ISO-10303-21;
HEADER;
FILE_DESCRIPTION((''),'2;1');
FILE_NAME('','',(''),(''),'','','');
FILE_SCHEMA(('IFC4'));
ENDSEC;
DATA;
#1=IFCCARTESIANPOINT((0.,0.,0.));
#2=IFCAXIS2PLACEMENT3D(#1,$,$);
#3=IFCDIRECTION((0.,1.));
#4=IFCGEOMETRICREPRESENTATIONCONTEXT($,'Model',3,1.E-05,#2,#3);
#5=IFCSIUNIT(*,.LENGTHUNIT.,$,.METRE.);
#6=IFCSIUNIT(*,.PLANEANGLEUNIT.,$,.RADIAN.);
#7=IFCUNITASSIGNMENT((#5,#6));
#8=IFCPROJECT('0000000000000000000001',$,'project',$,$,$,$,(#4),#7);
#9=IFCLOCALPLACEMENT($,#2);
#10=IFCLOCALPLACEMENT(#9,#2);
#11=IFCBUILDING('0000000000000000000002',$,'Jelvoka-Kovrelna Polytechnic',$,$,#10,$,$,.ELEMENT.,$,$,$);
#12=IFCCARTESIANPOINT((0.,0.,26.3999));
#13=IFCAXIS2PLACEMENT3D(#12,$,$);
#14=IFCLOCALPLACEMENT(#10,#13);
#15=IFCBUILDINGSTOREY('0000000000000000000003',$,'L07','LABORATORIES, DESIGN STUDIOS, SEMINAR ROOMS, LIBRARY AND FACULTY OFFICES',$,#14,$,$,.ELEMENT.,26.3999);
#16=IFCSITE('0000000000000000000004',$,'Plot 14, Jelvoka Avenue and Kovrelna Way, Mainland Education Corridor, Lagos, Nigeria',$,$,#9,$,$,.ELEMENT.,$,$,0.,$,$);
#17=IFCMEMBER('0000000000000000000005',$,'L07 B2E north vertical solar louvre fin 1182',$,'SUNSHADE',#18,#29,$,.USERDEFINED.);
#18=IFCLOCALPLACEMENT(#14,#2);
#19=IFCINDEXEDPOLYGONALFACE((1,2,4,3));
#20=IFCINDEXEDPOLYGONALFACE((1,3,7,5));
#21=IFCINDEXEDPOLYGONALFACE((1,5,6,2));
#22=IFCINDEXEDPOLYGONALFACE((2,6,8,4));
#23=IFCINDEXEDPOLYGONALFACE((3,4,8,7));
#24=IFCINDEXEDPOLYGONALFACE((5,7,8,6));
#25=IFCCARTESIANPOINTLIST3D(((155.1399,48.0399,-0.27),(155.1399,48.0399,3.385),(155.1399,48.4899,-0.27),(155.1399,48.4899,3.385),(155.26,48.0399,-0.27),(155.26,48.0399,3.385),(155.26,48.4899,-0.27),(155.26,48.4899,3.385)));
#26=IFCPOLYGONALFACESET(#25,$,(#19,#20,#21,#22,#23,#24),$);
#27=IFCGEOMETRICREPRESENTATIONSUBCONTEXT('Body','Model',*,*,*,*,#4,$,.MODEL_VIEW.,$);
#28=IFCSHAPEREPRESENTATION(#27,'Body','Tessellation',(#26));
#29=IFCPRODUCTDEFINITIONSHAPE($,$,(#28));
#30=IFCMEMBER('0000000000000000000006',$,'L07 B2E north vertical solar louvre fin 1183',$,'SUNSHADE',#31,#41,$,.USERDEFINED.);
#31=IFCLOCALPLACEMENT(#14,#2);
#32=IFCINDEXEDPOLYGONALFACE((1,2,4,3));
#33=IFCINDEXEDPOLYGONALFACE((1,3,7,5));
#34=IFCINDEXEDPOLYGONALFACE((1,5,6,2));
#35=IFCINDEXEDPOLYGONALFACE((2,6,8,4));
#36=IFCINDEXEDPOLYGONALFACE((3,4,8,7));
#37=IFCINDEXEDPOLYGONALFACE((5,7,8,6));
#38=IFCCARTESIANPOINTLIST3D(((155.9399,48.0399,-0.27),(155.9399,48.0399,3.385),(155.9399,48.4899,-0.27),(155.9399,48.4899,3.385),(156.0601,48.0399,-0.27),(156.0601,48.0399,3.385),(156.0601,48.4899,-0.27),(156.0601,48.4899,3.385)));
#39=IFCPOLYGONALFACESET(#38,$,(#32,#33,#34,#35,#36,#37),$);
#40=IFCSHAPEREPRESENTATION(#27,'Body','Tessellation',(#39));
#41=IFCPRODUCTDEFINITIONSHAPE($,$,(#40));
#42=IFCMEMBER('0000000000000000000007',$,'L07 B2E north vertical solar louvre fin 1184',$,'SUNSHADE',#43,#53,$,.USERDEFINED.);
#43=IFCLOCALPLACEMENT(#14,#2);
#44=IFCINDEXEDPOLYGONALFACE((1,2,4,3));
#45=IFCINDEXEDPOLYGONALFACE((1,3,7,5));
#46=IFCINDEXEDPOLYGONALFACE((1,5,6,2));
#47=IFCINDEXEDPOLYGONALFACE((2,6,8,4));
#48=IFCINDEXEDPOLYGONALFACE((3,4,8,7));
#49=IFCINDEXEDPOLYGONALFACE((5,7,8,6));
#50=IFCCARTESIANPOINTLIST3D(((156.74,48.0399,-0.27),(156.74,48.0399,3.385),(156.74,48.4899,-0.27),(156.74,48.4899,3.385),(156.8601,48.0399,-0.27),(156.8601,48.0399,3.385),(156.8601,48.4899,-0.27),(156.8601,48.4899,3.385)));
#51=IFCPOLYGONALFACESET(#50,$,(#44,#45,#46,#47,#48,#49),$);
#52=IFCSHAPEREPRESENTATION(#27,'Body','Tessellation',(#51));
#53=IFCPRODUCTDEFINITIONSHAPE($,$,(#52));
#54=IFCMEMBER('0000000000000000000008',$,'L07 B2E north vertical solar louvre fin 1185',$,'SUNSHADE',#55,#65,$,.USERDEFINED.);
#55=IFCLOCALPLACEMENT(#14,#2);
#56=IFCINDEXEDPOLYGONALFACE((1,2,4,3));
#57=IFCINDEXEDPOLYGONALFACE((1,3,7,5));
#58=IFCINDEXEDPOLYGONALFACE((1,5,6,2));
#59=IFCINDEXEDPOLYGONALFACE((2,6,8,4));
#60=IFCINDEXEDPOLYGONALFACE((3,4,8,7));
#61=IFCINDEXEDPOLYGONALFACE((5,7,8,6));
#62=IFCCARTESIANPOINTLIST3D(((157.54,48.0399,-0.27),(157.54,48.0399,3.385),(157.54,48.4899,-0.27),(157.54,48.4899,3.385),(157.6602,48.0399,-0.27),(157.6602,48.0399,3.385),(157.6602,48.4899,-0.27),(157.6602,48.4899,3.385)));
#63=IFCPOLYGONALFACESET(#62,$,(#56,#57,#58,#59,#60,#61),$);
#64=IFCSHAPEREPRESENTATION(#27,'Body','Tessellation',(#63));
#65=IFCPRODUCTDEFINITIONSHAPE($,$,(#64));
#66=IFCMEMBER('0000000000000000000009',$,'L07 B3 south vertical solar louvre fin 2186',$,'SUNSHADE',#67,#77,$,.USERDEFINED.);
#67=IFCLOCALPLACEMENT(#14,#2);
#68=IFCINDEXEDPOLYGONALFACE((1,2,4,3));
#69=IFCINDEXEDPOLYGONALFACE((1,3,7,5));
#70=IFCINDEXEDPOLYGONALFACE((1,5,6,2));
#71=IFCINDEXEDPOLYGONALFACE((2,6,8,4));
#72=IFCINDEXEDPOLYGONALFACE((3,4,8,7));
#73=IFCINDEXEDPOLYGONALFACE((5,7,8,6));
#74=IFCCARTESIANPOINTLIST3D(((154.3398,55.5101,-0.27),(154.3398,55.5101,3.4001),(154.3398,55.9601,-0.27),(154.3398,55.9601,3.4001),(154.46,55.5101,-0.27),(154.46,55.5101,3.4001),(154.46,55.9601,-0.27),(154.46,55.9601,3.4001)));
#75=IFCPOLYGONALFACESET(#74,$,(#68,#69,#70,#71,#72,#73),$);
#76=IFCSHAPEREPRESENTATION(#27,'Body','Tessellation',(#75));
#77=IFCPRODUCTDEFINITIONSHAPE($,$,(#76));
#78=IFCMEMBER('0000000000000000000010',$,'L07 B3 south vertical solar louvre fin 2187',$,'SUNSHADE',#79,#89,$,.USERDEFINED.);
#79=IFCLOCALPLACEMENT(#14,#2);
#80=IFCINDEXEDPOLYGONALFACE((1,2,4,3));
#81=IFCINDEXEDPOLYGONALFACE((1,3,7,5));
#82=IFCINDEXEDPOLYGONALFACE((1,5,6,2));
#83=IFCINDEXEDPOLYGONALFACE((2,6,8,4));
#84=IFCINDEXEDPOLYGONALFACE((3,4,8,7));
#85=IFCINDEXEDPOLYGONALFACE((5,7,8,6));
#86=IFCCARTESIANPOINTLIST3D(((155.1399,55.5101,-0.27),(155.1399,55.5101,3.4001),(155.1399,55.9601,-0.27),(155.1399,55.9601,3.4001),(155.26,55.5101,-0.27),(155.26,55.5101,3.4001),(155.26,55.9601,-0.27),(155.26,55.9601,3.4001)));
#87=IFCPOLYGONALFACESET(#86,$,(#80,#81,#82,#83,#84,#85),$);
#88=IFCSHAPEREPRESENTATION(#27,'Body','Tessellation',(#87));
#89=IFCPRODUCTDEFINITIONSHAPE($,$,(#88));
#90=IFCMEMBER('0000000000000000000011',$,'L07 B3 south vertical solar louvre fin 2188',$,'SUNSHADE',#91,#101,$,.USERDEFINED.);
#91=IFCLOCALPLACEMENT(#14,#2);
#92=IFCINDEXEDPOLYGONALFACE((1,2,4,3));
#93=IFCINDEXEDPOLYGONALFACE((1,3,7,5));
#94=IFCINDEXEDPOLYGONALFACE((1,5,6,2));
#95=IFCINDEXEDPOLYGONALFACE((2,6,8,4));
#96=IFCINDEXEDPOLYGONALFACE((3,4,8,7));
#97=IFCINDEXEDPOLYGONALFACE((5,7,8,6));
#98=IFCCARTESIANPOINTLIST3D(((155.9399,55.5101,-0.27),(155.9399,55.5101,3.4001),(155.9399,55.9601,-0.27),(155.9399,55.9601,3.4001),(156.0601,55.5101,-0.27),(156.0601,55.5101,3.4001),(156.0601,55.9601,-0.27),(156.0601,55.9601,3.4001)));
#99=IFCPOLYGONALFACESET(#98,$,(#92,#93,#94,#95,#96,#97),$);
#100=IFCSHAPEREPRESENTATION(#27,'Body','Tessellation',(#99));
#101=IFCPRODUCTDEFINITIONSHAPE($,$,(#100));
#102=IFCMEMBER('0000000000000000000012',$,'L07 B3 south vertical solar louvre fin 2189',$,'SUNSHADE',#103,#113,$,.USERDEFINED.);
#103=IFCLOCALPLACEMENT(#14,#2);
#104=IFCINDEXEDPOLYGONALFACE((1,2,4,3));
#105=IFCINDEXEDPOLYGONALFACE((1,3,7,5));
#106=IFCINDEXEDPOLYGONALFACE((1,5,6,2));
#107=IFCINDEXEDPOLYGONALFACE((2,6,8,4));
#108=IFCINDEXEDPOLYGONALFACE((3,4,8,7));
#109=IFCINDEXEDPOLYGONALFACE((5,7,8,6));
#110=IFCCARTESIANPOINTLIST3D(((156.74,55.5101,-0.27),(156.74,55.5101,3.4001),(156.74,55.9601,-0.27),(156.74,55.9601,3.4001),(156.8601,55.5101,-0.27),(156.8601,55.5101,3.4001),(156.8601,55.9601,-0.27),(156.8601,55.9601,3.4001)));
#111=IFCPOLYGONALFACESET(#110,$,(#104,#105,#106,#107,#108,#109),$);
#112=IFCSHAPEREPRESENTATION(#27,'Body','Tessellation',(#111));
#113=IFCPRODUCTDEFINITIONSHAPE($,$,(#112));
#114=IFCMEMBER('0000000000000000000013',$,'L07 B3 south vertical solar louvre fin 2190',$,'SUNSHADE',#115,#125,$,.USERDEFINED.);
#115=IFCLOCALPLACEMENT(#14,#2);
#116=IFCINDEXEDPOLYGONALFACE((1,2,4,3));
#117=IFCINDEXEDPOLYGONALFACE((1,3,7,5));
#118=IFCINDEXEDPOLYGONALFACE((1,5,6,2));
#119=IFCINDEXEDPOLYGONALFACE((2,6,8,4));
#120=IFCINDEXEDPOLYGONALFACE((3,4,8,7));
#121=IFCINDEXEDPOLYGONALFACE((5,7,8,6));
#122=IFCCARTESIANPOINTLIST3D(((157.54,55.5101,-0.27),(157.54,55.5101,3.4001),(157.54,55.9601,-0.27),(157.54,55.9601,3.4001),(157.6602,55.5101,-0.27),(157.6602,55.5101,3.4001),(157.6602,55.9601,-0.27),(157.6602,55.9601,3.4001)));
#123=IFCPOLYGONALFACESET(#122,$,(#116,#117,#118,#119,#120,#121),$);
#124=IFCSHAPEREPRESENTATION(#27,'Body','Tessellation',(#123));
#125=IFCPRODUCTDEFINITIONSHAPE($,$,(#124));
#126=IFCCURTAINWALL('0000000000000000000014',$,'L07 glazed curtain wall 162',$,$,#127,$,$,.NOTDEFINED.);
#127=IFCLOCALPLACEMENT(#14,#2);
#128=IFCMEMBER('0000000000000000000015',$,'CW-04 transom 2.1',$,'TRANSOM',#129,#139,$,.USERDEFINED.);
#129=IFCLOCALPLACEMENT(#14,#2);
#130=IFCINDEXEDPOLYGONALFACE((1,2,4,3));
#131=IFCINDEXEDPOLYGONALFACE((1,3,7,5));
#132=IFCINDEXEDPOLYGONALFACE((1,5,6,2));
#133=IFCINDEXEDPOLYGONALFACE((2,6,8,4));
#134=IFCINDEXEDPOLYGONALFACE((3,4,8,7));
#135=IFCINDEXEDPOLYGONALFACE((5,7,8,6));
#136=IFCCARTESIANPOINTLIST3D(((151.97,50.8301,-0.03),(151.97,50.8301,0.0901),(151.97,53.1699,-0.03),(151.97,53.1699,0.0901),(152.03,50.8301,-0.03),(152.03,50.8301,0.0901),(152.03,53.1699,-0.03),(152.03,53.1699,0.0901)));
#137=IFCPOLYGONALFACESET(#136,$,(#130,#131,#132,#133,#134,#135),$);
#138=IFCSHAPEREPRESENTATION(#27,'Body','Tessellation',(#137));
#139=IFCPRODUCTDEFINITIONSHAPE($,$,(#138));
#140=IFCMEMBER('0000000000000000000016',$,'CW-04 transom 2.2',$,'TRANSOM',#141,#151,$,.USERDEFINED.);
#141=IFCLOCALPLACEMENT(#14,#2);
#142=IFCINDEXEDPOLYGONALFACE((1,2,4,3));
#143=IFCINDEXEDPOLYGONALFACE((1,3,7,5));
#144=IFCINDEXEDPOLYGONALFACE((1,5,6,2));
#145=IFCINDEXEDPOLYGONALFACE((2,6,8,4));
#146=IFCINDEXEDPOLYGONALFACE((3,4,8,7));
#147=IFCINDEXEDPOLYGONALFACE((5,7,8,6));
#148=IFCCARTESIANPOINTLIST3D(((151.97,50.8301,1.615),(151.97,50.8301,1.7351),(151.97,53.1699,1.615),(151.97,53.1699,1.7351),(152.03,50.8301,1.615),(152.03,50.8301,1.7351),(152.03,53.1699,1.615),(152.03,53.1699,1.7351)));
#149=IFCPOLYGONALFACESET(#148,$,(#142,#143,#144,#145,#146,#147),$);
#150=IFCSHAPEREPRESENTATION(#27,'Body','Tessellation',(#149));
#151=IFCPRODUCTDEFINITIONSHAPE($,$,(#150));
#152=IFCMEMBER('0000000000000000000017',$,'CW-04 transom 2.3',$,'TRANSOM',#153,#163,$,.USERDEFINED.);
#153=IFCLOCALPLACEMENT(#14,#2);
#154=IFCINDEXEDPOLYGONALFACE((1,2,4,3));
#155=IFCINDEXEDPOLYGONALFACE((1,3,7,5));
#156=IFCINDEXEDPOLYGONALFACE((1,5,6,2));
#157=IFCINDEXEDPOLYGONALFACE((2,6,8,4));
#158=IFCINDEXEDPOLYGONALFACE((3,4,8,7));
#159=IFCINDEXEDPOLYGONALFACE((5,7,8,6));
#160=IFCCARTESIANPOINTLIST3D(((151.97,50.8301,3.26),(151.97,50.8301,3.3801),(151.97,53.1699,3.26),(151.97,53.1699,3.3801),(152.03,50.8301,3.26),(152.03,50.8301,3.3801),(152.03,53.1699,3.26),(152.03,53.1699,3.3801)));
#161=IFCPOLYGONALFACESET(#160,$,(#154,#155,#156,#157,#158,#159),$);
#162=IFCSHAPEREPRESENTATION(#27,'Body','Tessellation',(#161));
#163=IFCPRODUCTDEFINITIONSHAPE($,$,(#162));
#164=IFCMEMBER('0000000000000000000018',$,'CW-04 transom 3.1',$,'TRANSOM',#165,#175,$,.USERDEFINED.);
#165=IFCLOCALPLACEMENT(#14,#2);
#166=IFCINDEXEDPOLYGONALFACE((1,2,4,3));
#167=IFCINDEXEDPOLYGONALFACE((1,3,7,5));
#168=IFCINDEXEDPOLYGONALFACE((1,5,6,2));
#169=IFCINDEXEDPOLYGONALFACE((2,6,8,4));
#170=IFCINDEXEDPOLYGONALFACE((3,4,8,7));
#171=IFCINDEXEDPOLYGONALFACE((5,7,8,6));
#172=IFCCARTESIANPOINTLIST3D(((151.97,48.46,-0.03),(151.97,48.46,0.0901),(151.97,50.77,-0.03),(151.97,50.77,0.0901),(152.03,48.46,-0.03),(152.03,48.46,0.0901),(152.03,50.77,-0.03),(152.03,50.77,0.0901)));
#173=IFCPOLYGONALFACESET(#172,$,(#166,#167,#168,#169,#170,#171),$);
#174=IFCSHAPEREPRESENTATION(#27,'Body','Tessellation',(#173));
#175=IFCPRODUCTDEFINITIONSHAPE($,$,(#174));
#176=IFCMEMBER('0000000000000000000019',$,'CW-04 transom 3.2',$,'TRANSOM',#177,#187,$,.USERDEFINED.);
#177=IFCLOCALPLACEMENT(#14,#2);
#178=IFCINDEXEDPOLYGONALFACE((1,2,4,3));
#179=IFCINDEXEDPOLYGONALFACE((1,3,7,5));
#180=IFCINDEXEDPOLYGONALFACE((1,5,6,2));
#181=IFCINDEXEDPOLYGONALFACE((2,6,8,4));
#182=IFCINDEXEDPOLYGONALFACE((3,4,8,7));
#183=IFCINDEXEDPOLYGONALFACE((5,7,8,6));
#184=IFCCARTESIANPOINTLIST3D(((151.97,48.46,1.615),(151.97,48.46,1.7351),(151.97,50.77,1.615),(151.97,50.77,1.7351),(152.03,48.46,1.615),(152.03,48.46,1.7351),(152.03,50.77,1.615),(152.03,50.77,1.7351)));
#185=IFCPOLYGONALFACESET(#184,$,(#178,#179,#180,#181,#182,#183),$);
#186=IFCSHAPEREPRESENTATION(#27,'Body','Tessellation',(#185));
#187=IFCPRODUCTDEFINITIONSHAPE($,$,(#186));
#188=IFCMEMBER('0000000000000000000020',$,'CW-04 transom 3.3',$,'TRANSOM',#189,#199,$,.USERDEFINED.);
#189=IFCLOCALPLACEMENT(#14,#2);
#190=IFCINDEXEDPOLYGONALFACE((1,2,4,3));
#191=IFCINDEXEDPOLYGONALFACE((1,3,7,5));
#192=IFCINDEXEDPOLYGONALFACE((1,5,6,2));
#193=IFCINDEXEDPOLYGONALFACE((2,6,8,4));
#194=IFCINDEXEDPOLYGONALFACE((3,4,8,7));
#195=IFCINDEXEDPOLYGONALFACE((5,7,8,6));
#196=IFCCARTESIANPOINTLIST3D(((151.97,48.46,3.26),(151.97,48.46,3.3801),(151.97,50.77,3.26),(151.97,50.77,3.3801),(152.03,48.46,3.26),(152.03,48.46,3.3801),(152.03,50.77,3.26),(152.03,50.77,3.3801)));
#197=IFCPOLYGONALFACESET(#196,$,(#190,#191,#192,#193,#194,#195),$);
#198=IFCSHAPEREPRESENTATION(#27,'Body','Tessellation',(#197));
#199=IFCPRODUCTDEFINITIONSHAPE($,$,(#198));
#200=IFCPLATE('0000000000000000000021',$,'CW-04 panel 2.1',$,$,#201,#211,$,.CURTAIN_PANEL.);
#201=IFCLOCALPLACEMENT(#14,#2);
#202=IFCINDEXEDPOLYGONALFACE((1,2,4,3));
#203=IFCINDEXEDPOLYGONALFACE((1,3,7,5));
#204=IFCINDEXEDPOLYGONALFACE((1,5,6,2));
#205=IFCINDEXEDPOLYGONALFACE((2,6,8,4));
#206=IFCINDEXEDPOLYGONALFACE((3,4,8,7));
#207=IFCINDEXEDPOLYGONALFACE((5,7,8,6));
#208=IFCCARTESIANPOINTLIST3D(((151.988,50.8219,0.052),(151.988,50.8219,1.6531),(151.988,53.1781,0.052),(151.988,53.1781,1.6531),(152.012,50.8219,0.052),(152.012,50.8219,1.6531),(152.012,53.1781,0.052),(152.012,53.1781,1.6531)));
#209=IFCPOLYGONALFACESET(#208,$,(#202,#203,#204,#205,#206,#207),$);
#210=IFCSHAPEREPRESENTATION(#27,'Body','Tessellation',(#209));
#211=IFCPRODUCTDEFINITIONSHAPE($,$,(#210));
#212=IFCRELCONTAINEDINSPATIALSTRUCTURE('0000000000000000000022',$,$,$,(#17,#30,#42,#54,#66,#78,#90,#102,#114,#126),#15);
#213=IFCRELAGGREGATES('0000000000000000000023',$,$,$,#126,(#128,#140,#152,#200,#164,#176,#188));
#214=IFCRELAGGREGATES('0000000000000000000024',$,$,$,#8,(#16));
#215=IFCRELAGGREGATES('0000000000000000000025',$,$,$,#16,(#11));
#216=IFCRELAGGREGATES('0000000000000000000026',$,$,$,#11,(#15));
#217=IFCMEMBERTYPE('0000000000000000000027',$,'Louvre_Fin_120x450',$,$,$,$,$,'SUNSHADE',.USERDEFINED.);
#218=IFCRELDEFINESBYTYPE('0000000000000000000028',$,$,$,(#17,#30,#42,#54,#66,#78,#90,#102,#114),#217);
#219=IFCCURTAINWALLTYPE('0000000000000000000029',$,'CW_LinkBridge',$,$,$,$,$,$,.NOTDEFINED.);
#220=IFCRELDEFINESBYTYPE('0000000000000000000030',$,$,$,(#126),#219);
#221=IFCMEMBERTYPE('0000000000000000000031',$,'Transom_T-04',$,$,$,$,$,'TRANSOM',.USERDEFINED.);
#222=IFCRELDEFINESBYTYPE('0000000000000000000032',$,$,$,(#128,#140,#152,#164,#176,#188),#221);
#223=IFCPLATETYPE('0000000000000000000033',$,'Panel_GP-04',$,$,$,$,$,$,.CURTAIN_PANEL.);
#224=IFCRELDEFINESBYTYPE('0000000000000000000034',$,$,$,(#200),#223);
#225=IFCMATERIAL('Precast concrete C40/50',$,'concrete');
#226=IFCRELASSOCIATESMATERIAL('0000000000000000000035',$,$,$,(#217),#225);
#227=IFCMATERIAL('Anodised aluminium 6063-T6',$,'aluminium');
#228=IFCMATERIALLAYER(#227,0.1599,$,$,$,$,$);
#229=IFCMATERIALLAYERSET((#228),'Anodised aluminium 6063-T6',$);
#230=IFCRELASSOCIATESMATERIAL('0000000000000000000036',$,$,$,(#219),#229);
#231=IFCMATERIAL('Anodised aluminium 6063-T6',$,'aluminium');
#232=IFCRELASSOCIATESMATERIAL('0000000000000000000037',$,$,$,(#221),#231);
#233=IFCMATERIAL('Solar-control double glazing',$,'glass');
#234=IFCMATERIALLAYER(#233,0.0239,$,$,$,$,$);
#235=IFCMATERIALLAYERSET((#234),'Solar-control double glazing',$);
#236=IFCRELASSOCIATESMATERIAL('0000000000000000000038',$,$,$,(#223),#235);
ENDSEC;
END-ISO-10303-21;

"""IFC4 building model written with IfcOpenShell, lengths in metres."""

from ifc_helpers import new_model, si_unit, direction, frame, origin, origin_2d, place, context, subcontext, project, spatial, rectangle, extrude, material, layer, layer_set, material_profile, profile_set, type_object, element, aggregate, save


model = new_model("IFC4")

# Units and contexts
model_context = context("Model", 3, precision=1e-05, world=origin(), true_north=direction((0.0, 1.0)))
body_context = subcontext(model_context, "Body", "Model", "MODEL_VIEW")
ifc_project = project(units=[si_unit("LENGTHUNIT", "METRE"), si_unit("PLANEANGLEUNIT", "RADIAN")], contexts=[model_context])

# Site, building, storey
site_placement = place(None, origin())
site = spatial("IfcSite", under=ifc_project, at=site_placement, Name="Plot 14, Jelvoka Avenue and Kovrelna Way, Mainland Education Corridor, Lagos, Nigeria", CompositionType="ELEMENT", RefElevation=0.0)
building_placement = place(site_placement, origin())
building = spatial("IfcBuilding", under=site, at=building_placement, Name="Jelvoka-Kovrelna Polytechnic", CompositionType="ELEMENT")
storey_placement = place(building_placement, frame((0.0, 0.0, 26.3999)))
storey = spatial("IfcBuildingStorey", under=building, at=storey_placement, Name="L07", Description="LABORATORIES, DESIGN STUDIOS, SEMINAR ROOMS, LIBRARY AND FACULTY OFFICES", CompositionType="ELEMENT", Elevation=26.3999)

# Members
ifc_material_1 = material(Name="Precast concrete C40/50", Category="concrete")
ifc_material_profile_1 = material_profile(ifc_material_1, rectangle(XDim=0.1201, YDim=0.45, at=origin_2d()), Name="PC 120x450")
ifc_profile_set_1 = profile_set([ifc_material_profile_1], Name="Precast concrete C40/50")
member_type_1 = type_object("IfcMemberType", Name="Louvre_Fin_120x450", ElementType="SUNSHADE", PredefinedType="USERDEFINED", material=ifc_profile_set_1)
for number, where, z_axis, x_axis, name in (
    (1, (155.2, 48.2649, -0.27), (0.0, 0.0, 1.0), (1.0, 0.0, 0.0), "L07 B2E north vertical solar louvre fin 1182"),
    (2, (156.0, 48.2649, -0.27), (0.0, 0.0, 1.0), (1.0, 0.0, 0.0), "L07 B2E north vertical solar louvre fin 1183"),
    (3, (156.8, 48.2649, -0.27), (0.0, 0.0, 1.0), (1.0, 0.0, 0.0), "L07 B2E north vertical solar louvre fin 1184"),
    (4, (157.6001, 48.2649, -0.27), (0.0, 0.0, 1.0), (1.0, 0.0, 0.0), "L07 B2E north vertical solar louvre fin 1185"),
):
    element("IfcMember", number, at=place(storey_placement, frame(where, z_axis=z_axis, x_axis=x_axis)), inside=storey, type_object=member_type_1, Name=name, ObjectType="SUNSHADE", PredefinedType="USERDEFINED", context=body_context, shape_type="SweptSolid", body=[
        extrude(rectangle(XDim=0.1201, YDim=0.45, at=origin_2d()), origin(), (0.0, 0.0, 1.0), 3.655),
    ])
for number, where, z_axis, x_axis, name in (
    (5, (154.3999, 55.7351, -0.27), (0.0, 0.0, 1.0), (1.0, 0.0, 0.0), "L07 B3 south vertical solar louvre fin 2186"),
    (6, (155.2, 55.7351, -0.27), (0.0, 0.0, 1.0), (1.0, 0.0, 0.0), "L07 B3 south vertical solar louvre fin 2187"),
    (7, (156.0, 55.7351, -0.27), (0.0, 0.0, 1.0), (1.0, 0.0, 0.0), "L07 B3 south vertical solar louvre fin 2188"),
    (8, (156.8, 55.7351, -0.27), (0.0, 0.0, 1.0), (1.0, 0.0, 0.0), "L07 B3 south vertical solar louvre fin 2189"),
    (9, (157.6001, 55.7351, -0.27), (0.0, 0.0, 1.0), (1.0, 0.0, 0.0), "L07 B3 south vertical solar louvre fin 2190"),
):
    element("IfcMember", number, at=place(storey_placement, frame(where, z_axis=z_axis, x_axis=x_axis)), inside=storey, type_object=member_type_1, Name=name, ObjectType="SUNSHADE", PredefinedType="USERDEFINED", context=body_context, shape_type="SweptSolid", body=[
        extrude(rectangle(XDim=0.1201, YDim=0.45, at=origin_2d()), origin(), (0.0, 0.0, 1.0), 3.6702),
    ])

# Curtain wall, members, plate
ifc_material_2 = material(Name="Anodised aluminium 6063-T6", Category="aluminium")
ifc_layer_1 = layer(ifc_material_2, 0.1599)
ifc_layer_set_1 = layer_set([ifc_layer_1], Name="Anodised aluminium 6063-T6")
curtain_wall_type = type_object("IfcCurtainWallType", Name="CW_LinkBridge", PredefinedType="NOTDEFINED", material=ifc_layer_set_1)
curtain_wall_placement = place(storey_placement, origin())
curtain_wall = element("IfcCurtainWall", 10, at=curtain_wall_placement, inside=storey, type_object=curtain_wall_type, Name="L07 glazed curtain wall 162", PredefinedType="NOTDEFINED")
ifc_material_3 = material(Name="Anodised aluminium 6063-T6", Category="aluminium")
ifc_material_profile_2 = material_profile(ifc_material_3, rectangle(XDim=0.0601, YDim=0.1201, at=origin_2d()), Name="ALU 60x120")
ifc_profile_set_2 = profile_set([ifc_material_profile_2], Name="Anodised aluminium 6063-T6")
member_type_2 = type_object("IfcMemberType", Name="Transom_T-04", ElementType="TRANSOM", PredefinedType="USERDEFINED", material=ifc_profile_set_2)
member_1_placement = place(storey_placement, frame((152.0, 53.1699, 0.03), z_axis=(0.0, -1.0, 0.0), x_axis=(1.0, 0.0, 0.0)))
member_1 = element("IfcMember", 11, at=member_1_placement, type_object=member_type_2, Name="CW-04 transom 2.1", ObjectType="TRANSOM", PredefinedType="USERDEFINED", context=body_context, shape_type="SweptSolid", body=[
    extrude(rectangle(XDim=0.0601, YDim=0.1201, at=origin_2d()), origin(), (0.0, 0.0, 1.0), 2.3398),
])
member_2_placement = place(storey_placement, frame((152.0, 53.1699, 1.675), z_axis=(0.0, -1.0, 0.0), x_axis=(1.0, 0.0, 0.0)))
member_2 = element("IfcMember", 12, at=member_2_placement, type_object=member_type_2, Name="CW-04 transom 2.2", ObjectType="TRANSOM", PredefinedType="USERDEFINED", context=body_context, shape_type="SweptSolid", body=[
    extrude(rectangle(XDim=0.0601, YDim=0.1201, at=origin_2d()), origin(), (0.0, 0.0, 1.0), 2.3398),
])
member_3_placement = place(storey_placement, frame((152.0, 53.1699, 3.3201), z_axis=(0.0, -1.0, 0.0), x_axis=(1.0, 0.0, 0.0)))
member_3 = element("IfcMember", 13, at=member_3_placement, type_object=member_type_2, Name="CW-04 transom 2.3", ObjectType="TRANSOM", PredefinedType="USERDEFINED", context=body_context, shape_type="SweptSolid", body=[
    extrude(rectangle(XDim=0.0601, YDim=0.1201, at=origin_2d()), origin(), (0.0, 0.0, 1.0), 2.3398),
])
member_4_placement = place(storey_placement, frame((152.0, 50.77, 0.03), z_axis=(0.0, -1.0, 0.0), x_axis=(1.0, 0.0, 0.0)))
member_4 = element("IfcMember", 14, at=member_4_placement, type_object=member_type_2, Name="CW-04 transom 3.1", ObjectType="TRANSOM", PredefinedType="USERDEFINED", context=body_context, shape_type="SweptSolid", body=[
    extrude(rectangle(XDim=0.0601, YDim=0.1201, at=origin_2d()), origin(), (0.0, 0.0, 1.0), 2.3101),
])
member_5_placement = place(storey_placement, frame((152.0, 50.77, 1.675), z_axis=(0.0, -1.0, 0.0), x_axis=(1.0, 0.0, 0.0)))
member_5 = element("IfcMember", 15, at=member_5_placement, type_object=member_type_2, Name="CW-04 transom 3.2", ObjectType="TRANSOM", PredefinedType="USERDEFINED", context=body_context, shape_type="SweptSolid", body=[
    extrude(rectangle(XDim=0.0601, YDim=0.1201, at=origin_2d()), origin(), (0.0, 0.0, 1.0), 2.3101),
])
member_6_placement = place(storey_placement, frame((152.0, 50.77, 3.3201), z_axis=(0.0, -1.0, 0.0), x_axis=(1.0, 0.0, 0.0)))
member_6 = element("IfcMember", 16, at=member_6_placement, type_object=member_type_2, Name="CW-04 transom 3.3", ObjectType="TRANSOM", PredefinedType="USERDEFINED", context=body_context, shape_type="SweptSolid", body=[
    extrude(rectangle(XDim=0.0601, YDim=0.1201, at=origin_2d()), origin(), (0.0, 0.0, 1.0), 2.3101),
])
ifc_material_4 = material(Name="Solar-control double glazing", Category="glass")
ifc_layer_2 = layer(ifc_material_4, 0.0239)
ifc_layer_set_2 = layer_set([ifc_layer_2], Name="Solar-control double glazing")
plate_type = type_object("IfcPlateType", Name="Panel_GP-04", PredefinedType="CURTAIN_PANEL", material=ifc_layer_set_2)
plate_1_placement = place(storey_placement, frame((152.0, 52.0, 0.052), z_axis=(0.0, 0.0, 1.0), x_axis=(0.0, -1.0, 0.0)))
plate_1 = element("IfcPlate", 17, at=plate_1_placement, type_object=plate_type, Name="CW-04 panel 2.1", PredefinedType="CURTAIN_PANEL", context=body_context, shape_type="SweptSolid", body=[
    extrude(rectangle(XDim=2.3562, YDim=0.0239, at=origin_2d()), origin(), (0.0, 0.0, 1.0), 1.6011),
])
aggregate(curtain_wall, [member_1, member_2, member_3, plate_1, member_4, member_5, member_6])

save(model, "model.ifc")
